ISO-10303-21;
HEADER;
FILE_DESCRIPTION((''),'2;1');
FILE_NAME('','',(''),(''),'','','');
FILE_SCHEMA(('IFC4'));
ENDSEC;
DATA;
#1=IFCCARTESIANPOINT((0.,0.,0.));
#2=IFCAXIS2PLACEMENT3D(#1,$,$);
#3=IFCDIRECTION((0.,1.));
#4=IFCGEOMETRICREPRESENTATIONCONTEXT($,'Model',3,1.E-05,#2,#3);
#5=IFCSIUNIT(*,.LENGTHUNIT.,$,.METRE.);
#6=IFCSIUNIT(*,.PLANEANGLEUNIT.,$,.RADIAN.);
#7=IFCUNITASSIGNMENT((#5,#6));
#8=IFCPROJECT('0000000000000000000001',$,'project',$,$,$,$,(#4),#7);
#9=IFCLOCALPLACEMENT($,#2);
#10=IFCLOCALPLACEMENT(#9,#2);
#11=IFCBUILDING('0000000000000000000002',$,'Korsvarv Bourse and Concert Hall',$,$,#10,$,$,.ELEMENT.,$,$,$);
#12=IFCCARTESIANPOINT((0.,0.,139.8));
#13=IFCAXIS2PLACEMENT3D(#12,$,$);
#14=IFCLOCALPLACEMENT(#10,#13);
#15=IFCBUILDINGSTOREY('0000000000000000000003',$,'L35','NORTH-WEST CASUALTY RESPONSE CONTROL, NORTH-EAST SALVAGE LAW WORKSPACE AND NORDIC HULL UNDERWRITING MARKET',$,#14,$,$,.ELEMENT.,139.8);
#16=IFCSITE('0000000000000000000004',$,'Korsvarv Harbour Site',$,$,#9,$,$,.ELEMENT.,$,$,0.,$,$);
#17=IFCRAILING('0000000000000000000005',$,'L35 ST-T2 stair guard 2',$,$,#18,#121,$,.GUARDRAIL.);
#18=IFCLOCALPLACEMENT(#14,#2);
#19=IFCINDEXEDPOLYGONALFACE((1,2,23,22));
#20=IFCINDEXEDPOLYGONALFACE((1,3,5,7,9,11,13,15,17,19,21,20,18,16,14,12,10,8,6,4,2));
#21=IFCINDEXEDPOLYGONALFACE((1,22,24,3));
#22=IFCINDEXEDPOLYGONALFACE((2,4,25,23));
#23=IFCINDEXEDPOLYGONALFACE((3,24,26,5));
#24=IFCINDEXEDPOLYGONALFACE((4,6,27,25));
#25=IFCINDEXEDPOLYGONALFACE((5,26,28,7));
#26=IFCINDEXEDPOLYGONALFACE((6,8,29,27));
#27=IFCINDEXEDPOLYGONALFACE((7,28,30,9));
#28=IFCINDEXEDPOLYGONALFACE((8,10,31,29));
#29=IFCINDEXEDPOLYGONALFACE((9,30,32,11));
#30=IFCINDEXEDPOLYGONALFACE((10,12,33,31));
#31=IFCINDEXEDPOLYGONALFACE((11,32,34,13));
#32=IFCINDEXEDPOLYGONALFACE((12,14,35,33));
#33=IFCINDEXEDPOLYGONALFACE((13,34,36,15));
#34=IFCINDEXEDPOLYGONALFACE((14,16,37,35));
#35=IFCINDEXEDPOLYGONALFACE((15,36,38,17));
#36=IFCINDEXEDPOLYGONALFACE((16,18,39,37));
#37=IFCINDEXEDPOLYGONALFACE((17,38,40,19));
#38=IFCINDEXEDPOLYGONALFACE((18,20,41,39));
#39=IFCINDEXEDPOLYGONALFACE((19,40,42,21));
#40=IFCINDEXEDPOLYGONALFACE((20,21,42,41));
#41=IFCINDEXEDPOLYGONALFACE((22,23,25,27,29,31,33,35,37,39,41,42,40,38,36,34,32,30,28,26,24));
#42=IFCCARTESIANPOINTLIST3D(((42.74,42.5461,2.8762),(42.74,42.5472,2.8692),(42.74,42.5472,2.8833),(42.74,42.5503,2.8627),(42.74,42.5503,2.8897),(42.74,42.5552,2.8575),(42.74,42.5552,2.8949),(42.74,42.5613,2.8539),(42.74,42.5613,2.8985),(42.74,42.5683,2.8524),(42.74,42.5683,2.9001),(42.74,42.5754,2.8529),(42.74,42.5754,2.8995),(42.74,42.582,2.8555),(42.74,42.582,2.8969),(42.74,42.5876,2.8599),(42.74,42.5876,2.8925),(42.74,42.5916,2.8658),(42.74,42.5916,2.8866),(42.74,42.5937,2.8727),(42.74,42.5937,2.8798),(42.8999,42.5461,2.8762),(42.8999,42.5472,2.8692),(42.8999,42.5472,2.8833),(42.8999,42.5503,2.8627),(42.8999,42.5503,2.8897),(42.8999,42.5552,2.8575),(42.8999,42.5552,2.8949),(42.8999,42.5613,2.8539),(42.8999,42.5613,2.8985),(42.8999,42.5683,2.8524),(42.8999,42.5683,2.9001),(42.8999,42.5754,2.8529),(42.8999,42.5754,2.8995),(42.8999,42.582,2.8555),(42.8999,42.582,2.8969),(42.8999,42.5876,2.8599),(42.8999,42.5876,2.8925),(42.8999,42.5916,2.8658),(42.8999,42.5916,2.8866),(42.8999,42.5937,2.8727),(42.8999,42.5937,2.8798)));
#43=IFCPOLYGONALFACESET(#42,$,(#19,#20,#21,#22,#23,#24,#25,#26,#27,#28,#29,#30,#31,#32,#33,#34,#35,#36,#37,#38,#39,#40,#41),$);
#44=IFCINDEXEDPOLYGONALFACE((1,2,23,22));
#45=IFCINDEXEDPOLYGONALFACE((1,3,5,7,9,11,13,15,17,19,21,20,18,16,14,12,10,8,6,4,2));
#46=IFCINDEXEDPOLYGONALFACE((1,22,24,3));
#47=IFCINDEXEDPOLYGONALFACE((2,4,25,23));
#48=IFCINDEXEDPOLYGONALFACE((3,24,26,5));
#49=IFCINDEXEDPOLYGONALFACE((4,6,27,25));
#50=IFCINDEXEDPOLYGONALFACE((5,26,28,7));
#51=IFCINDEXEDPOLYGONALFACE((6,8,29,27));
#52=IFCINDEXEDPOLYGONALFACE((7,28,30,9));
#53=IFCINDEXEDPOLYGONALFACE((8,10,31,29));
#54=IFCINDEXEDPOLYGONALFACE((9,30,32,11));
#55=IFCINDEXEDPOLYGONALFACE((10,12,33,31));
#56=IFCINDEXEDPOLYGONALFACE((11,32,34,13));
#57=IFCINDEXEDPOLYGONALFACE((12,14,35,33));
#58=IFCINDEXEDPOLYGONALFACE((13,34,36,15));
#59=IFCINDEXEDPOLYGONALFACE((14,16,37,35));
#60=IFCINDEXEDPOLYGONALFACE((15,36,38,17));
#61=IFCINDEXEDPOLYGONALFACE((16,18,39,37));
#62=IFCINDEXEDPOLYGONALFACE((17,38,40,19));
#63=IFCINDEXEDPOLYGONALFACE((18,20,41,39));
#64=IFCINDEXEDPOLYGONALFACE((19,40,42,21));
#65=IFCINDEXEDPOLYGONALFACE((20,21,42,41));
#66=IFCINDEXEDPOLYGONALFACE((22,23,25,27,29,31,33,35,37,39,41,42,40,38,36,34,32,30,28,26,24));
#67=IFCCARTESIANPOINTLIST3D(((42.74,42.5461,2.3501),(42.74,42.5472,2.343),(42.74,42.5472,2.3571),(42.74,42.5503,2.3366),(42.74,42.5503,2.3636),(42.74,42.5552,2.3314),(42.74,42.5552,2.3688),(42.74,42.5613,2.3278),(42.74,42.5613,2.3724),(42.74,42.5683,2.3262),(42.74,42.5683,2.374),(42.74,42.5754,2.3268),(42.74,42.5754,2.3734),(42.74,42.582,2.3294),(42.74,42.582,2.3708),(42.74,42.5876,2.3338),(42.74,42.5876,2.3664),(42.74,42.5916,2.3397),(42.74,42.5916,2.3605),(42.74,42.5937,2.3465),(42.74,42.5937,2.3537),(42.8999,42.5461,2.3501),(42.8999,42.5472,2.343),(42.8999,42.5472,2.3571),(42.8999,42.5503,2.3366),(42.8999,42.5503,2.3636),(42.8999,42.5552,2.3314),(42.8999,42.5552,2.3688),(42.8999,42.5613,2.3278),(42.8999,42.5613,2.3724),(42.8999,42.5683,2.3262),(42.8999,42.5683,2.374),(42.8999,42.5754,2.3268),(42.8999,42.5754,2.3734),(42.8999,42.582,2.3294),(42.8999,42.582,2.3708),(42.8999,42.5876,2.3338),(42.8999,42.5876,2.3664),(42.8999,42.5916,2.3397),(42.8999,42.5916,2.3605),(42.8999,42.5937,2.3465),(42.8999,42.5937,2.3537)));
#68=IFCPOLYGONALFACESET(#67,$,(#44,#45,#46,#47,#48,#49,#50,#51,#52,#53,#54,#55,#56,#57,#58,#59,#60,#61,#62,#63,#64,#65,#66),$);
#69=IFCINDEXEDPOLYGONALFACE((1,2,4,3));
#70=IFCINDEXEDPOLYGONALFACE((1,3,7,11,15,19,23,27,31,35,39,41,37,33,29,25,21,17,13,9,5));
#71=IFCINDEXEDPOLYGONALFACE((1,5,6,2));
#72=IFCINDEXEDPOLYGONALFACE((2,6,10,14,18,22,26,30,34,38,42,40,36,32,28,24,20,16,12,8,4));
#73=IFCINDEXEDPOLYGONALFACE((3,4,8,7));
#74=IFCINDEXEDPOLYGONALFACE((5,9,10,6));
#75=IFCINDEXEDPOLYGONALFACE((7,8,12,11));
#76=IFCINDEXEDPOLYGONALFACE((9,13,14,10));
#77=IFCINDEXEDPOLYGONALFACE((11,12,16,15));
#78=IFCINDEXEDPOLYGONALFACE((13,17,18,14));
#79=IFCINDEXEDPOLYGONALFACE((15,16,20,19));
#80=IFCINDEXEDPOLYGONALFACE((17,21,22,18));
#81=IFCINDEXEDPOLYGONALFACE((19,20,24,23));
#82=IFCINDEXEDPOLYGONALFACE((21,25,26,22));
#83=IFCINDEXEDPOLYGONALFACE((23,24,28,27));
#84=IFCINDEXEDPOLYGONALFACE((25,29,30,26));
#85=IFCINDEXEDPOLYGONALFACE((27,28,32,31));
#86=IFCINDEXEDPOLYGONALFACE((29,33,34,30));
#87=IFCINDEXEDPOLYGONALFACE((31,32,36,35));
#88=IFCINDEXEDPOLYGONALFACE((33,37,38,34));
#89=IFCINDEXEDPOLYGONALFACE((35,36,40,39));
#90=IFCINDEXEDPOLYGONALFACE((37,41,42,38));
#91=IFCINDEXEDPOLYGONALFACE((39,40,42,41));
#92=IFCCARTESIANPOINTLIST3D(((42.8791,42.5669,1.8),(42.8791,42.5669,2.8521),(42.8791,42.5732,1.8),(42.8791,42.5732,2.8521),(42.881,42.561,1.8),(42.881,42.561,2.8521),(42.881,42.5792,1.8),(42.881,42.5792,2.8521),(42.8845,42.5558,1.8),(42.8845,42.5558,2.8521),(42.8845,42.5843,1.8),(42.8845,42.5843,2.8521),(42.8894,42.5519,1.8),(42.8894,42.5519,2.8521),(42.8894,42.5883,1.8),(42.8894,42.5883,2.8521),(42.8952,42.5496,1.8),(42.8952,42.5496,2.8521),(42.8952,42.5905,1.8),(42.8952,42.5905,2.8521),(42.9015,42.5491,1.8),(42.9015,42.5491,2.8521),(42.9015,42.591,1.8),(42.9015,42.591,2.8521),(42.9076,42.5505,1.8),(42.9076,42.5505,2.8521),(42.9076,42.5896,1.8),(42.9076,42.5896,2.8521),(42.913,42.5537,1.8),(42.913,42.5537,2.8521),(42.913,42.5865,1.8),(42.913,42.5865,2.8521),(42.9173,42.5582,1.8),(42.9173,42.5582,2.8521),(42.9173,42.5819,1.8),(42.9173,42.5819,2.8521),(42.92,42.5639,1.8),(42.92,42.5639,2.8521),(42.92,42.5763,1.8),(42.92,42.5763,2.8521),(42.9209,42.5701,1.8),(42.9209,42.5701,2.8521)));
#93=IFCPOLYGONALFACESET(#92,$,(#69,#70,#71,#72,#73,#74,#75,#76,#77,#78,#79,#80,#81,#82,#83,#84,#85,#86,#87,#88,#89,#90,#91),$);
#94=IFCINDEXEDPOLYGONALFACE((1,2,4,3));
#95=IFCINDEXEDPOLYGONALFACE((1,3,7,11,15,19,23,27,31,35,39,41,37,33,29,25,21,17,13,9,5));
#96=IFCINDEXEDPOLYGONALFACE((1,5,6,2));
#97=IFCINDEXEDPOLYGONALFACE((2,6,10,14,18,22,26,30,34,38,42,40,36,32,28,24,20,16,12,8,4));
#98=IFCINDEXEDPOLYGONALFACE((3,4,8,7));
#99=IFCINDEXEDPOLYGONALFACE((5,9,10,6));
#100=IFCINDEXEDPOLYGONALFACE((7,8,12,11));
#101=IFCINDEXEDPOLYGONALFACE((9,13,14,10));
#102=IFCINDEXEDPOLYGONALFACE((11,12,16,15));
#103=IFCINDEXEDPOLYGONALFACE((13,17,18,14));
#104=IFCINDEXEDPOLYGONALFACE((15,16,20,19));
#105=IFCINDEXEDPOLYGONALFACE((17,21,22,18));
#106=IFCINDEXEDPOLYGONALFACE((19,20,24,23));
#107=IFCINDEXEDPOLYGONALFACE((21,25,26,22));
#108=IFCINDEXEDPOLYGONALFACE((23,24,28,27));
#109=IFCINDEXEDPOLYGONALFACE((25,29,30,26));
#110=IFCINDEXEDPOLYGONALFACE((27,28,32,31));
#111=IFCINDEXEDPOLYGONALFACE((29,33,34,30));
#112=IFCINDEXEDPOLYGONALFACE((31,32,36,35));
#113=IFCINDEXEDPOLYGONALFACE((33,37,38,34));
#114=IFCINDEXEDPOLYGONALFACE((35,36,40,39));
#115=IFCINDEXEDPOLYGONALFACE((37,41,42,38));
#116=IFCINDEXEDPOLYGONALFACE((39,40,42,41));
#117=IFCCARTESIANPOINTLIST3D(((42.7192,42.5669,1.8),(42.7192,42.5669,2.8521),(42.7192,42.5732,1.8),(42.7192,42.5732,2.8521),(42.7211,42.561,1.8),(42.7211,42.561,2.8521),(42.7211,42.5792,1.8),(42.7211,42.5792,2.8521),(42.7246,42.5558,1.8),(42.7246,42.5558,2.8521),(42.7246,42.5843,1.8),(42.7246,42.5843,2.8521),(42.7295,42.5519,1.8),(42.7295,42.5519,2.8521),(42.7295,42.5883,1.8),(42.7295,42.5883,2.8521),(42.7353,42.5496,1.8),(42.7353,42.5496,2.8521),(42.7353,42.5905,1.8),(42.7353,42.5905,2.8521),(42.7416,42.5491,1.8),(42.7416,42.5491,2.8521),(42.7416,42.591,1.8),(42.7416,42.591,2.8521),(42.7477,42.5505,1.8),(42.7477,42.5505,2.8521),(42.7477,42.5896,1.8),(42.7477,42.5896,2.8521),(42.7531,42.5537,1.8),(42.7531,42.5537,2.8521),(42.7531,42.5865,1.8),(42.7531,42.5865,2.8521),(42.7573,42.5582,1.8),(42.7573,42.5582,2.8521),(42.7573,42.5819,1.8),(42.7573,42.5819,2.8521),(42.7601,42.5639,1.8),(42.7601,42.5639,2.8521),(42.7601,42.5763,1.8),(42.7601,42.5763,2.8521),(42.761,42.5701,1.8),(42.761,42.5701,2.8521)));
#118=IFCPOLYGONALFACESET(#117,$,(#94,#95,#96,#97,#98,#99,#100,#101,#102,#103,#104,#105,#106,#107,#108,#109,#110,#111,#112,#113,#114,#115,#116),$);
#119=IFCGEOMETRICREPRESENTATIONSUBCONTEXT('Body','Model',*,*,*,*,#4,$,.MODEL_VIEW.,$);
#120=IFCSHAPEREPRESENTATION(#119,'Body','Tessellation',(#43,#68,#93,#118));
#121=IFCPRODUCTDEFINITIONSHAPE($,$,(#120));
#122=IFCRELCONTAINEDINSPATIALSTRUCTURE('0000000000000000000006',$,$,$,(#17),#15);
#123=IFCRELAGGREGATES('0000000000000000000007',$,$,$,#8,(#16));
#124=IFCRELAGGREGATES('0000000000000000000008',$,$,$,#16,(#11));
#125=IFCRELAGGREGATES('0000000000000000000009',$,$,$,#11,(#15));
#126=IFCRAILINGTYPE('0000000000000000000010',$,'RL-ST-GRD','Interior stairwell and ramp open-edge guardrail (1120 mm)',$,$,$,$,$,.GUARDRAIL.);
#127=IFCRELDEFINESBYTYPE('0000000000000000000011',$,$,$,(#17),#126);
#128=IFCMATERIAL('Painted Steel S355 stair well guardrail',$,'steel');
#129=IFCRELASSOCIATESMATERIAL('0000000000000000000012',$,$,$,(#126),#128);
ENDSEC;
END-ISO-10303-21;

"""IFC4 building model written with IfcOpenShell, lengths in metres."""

from ifc_helpers import new_model, si_unit, direction, frame, origin, origin_2d, place, context, subcontext, project, spatial, circle, extrude, material, type_object, element, save


model = new_model("IFC4")

# Units and contexts
model_context = context("Model", 3, precision=1e-05, world=origin(), true_north=direction((0.0, 1.0)))
body_context = subcontext(model_context, "Body", "Model", "MODEL_VIEW")
ifc_project = project(units=[si_unit("LENGTHUNIT", "METRE"), si_unit("PLANEANGLEUNIT", "RADIAN")], contexts=[model_context])

# Site, building, storey
site_placement = place(None, origin())
site = spatial("IfcSite", under=ifc_project, at=site_placement, Name="Korsvarv Harbour Site", CompositionType="ELEMENT", RefElevation=0.0)
building_placement = place(site_placement, origin())
building = spatial("IfcBuilding", under=site, at=building_placement, Name="Korsvarv Bourse and Concert Hall", CompositionType="ELEMENT")
storey_placement = place(building_placement, frame((0.0, 0.0, 139.8)))
storey = spatial("IfcBuildingStorey", under=building, at=storey_placement, Name="L35", Description="NORTH-WEST CASUALTY RESPONSE CONTROL, NORTH-EAST SALVAGE LAW WORKSPACE AND NORDIC HULL UNDERWRITING MARKET", CompositionType="ELEMENT", Elevation=139.8)

# Railing
ifc_material_1 = material(Name="Painted Steel S355 stair well guardrail", Category="steel")
railing_type = type_object("IfcRailingType", Name="RL-ST-GRD", Description="Interior stairwell and ramp open-edge guardrail (1120 mm)", PredefinedType="GUARDRAIL", material=ifc_material_1)
railing_1_placement = place(storey_placement, frame((42.8999, 42.5701, 1.8)))
element("IfcRailing", 1, at=railing_1_placement, inside=storey, type_object=railing_type, Name="L35 ST-T2 stair guard 2", PredefinedType="GUARDRAIL", context=body_context, shape_type="SweptSolid", body=[
    extrude(circle(Radius=0.0239, at=origin_2d()), frame((0.0, 0.0, 1.0762), z_axis=(-1.0, 0.0, 0.0), x_axis=(0.0, -1.0, 0.0)), (0.0, 0.0, 1.0), 0.1599),
    extrude(circle(Radius=0.0239, at=origin_2d()), frame((0.0, 0.0, 0.55), z_axis=(-1.0, 0.0, 0.0), x_axis=(0.0, -1.0, 0.0)), (0.0, 0.0, 1.0), 0.1599),
    extrude(circle(Radius=0.021, at=origin_2d()), origin(), (0.0, 0.0, 1.0), 1.052),
    extrude(circle(Radius=0.021, at=origin_2d()), frame((-0.1599, 0.0, 0.0)), (0.0, 0.0, 1.0), 1.052),
])

save(model, "model.ifc")
